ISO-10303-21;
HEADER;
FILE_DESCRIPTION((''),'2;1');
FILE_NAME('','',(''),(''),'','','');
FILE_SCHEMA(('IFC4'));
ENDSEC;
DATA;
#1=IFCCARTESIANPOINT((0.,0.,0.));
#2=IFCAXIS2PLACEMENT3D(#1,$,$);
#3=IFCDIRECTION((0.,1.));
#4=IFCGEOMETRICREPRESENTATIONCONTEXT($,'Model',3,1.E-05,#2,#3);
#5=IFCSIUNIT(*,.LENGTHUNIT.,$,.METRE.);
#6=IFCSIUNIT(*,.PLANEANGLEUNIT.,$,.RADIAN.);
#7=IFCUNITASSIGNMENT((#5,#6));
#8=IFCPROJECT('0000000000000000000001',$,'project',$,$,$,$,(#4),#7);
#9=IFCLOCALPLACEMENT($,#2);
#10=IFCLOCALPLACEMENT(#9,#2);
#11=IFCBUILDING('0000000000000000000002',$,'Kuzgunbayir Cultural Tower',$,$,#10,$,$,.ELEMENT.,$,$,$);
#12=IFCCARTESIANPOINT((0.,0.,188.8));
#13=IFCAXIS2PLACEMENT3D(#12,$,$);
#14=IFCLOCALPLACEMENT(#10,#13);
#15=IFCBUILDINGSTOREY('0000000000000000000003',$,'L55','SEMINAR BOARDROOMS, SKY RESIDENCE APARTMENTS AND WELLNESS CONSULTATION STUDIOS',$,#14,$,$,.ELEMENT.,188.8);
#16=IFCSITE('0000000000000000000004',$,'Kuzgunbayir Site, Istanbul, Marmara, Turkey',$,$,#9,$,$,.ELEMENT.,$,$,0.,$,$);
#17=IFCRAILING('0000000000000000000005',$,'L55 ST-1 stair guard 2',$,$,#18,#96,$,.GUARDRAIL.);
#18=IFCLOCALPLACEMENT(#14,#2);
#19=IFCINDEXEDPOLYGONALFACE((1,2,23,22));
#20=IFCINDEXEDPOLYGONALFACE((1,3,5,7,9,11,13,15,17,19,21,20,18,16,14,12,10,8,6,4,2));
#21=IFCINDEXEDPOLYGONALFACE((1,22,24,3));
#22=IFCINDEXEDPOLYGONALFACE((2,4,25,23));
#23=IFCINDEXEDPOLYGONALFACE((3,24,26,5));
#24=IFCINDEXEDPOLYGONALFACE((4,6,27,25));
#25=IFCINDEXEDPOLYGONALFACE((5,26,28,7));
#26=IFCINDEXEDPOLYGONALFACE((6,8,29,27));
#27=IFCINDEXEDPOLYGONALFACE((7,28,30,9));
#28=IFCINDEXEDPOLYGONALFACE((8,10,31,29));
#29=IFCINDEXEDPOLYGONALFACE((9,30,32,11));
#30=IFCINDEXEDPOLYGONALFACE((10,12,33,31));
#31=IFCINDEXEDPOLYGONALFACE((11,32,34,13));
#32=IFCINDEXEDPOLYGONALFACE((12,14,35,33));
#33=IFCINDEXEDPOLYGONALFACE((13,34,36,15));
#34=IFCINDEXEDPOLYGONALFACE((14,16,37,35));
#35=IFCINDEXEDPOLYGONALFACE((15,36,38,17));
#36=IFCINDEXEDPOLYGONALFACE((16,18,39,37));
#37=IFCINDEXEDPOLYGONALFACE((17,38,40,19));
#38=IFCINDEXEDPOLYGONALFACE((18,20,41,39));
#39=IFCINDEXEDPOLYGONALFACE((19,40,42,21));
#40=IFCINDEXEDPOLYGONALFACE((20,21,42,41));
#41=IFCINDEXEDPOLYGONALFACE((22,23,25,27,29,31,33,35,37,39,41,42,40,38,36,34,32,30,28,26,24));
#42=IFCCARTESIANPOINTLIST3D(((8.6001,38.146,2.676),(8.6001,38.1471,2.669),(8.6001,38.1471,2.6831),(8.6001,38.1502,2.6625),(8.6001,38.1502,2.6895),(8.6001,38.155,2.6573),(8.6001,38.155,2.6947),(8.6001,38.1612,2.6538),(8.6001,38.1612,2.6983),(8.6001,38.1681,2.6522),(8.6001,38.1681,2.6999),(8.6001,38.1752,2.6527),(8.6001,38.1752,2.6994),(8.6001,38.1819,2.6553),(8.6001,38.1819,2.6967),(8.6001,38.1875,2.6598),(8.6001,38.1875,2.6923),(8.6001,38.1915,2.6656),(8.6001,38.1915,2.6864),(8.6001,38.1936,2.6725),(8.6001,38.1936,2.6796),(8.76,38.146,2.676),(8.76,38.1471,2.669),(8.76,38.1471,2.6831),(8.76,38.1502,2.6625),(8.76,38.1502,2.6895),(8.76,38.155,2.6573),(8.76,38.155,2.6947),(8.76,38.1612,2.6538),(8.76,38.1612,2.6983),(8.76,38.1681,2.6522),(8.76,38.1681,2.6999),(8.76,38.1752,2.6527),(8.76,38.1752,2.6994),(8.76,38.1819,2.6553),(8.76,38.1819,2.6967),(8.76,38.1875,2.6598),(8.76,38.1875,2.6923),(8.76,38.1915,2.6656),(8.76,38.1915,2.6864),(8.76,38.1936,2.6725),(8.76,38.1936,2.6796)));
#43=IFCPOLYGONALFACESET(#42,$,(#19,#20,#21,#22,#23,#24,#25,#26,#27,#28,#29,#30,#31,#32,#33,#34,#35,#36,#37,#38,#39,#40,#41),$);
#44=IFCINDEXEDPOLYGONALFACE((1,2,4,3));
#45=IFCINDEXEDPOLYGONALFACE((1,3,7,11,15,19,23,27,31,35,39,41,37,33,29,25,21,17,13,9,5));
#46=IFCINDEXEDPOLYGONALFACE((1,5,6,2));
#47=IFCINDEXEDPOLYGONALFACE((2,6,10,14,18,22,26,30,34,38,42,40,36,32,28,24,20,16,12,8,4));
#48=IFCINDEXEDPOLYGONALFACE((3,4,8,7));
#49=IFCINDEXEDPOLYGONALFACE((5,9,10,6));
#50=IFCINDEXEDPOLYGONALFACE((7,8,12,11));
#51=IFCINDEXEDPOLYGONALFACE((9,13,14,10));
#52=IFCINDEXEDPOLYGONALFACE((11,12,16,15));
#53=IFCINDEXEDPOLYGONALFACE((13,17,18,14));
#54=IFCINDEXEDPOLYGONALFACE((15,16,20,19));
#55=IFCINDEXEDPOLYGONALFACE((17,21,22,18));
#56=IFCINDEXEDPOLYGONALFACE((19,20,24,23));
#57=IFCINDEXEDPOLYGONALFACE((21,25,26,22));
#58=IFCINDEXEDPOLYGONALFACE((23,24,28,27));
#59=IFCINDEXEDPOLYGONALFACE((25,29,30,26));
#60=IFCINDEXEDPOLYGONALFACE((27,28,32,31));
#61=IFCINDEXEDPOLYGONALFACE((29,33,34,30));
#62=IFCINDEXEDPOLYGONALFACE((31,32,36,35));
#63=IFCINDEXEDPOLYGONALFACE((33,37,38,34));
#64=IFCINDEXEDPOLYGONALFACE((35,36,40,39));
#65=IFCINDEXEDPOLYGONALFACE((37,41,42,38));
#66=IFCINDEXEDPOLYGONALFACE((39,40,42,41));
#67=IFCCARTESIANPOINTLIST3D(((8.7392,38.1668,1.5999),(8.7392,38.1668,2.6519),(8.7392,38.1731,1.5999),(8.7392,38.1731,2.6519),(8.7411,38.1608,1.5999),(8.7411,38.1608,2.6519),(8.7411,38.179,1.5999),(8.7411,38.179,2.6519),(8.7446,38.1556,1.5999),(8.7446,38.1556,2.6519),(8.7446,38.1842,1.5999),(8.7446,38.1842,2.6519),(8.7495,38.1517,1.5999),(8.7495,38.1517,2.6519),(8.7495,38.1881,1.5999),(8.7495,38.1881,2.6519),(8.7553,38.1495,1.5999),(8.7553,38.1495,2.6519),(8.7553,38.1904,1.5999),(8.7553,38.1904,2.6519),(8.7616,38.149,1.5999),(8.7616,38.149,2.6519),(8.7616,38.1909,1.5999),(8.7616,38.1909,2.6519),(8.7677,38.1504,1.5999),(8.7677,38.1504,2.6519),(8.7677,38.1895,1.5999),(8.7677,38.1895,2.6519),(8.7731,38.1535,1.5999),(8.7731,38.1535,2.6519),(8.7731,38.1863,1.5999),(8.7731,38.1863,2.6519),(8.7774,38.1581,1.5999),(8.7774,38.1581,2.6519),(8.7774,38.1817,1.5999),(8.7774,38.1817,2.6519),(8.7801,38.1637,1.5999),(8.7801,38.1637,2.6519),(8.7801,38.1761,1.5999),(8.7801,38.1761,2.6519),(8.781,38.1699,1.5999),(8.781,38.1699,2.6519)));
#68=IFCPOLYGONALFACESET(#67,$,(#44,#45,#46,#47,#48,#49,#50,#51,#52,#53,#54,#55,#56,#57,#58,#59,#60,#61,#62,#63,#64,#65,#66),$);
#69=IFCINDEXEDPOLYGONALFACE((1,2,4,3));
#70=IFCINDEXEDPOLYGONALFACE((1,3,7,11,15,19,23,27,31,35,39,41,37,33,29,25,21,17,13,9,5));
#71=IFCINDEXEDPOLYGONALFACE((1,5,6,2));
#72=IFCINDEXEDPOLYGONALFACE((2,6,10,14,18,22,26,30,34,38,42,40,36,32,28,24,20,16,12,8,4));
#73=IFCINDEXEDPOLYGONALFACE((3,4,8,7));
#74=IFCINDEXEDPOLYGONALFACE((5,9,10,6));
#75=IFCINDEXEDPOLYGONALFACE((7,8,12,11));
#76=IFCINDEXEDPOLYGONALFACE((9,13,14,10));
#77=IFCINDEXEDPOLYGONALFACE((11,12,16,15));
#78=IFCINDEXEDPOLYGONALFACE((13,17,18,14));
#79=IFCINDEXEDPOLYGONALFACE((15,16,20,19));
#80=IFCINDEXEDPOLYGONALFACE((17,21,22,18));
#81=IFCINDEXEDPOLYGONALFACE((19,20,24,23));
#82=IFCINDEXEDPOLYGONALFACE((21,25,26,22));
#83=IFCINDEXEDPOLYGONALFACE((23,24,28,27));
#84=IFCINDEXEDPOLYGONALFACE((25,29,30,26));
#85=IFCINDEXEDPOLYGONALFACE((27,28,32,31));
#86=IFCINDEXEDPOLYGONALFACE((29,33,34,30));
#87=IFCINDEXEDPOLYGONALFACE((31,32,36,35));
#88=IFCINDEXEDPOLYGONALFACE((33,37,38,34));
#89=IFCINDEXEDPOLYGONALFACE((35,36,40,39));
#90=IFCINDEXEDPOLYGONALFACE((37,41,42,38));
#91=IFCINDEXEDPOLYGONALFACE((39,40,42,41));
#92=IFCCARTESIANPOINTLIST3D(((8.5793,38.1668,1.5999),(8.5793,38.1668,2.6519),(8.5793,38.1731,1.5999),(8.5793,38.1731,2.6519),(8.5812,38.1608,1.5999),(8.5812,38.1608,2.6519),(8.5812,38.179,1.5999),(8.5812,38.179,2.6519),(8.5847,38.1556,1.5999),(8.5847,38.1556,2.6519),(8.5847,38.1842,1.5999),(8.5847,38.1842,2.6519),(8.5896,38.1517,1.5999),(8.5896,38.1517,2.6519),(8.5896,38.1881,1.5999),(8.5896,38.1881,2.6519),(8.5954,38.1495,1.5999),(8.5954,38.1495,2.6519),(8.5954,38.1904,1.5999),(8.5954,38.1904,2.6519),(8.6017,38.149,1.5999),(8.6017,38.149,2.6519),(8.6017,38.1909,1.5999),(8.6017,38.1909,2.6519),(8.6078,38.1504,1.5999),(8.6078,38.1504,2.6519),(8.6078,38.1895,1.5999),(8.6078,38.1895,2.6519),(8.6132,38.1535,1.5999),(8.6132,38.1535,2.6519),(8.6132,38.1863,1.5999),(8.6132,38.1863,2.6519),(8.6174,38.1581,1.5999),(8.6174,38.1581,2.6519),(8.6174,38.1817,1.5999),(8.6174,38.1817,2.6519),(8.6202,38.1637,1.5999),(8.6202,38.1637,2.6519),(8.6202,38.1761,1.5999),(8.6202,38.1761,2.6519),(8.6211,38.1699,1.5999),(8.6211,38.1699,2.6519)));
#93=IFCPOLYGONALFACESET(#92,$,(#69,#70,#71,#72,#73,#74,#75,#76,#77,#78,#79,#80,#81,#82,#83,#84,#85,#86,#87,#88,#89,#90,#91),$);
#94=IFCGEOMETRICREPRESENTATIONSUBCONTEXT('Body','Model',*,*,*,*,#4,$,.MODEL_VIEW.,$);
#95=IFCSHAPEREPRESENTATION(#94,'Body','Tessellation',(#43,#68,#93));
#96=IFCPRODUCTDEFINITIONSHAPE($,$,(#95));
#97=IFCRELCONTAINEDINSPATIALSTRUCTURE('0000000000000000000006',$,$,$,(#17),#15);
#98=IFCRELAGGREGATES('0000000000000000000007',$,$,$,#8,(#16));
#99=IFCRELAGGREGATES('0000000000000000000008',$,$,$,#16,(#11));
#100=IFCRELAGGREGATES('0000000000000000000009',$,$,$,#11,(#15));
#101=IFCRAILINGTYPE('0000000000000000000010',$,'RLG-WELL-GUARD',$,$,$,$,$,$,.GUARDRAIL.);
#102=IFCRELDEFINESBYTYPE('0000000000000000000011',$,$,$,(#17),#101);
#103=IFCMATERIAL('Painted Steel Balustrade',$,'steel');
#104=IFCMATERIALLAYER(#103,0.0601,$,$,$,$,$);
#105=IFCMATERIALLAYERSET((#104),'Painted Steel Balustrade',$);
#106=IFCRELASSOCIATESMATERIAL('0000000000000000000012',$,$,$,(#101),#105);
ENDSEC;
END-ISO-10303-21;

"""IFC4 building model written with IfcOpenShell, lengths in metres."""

from ifc_helpers import new_model, si_unit, direction, frame, origin, origin_2d, place, context, subcontext, project, spatial, circle, extrude, material, layer, layer_set, type_object, element, save


model = new_model("IFC4")

# Units and contexts
model_context = context("Model", 3, precision=1e-05, world=origin(), true_north=direction((0.0, 1.0)))
body_context = subcontext(model_context, "Body", "Model", "MODEL_VIEW")
ifc_project = project(units=[si_unit("LENGTHUNIT", "METRE"), si_unit("PLANEANGLEUNIT", "RADIAN")], contexts=[model_context])

# Site, building, storey
site_placement = place(None, origin())
site = spatial("IfcSite", under=ifc_project, at=site_placement, Name="Kuzgunbayir Site, Istanbul, Marmara, Turkey", CompositionType="ELEMENT", RefElevation=0.0)
building_placement = place(site_placement, origin())
building = spatial("IfcBuilding", under=site, at=building_placement, Name="Kuzgunbayir Cultural Tower", CompositionType="ELEMENT")
storey_placement = place(building_placement, frame((0.0, 0.0, 188.8)))
storey = spatial("IfcBuildingStorey", under=building, at=storey_placement, Name="L55", Description="SEMINAR BOARDROOMS, SKY RESIDENCE APARTMENTS AND WELLNESS CONSULTATION STUDIOS", CompositionType="ELEMENT", Elevation=188.8)

# Railing
ifc_material_1 = material(Name="Painted Steel Balustrade", Category="steel")
ifc_layer_1 = layer(ifc_material_1, 0.0601)
ifc_layer_set_1 = layer_set([ifc_layer_1], Name="Painted Steel Balustrade")
railing_type_1 = type_object("IfcRailingType", Name="RLG-WELL-GUARD", PredefinedType="GUARDRAIL", material=ifc_layer_set_1)
railing_1_placement = place(storey_placement, frame((8.76, 38.1699, 1.5999)))
element("IfcRailing", 1, at=railing_1_placement, inside=storey, type_object=railing_type_1, Name="L55 ST-1 stair guard 2", PredefinedType="GUARDRAIL", context=body_context, shape_type="SweptSolid", body=[
    extrude(circle(Radius=0.0239, at=origin_2d()), frame((0.0, 0.0, 1.0762), z_axis=(-1.0, 0.0, 0.0), x_axis=(0.0, -1.0, 0.0)), (0.0, 0.0, 1.0), 0.1599),
    extrude(circle(Radius=0.021, at=origin_2d()), origin(), (0.0, 0.0, 1.0), 1.052),
    extrude(circle(Radius=0.021, at=origin_2d()), frame((-0.1599, 0.0, 0.0)), (0.0, 0.0, 1.0), 1.052),
])

save(model, "model.ifc")
